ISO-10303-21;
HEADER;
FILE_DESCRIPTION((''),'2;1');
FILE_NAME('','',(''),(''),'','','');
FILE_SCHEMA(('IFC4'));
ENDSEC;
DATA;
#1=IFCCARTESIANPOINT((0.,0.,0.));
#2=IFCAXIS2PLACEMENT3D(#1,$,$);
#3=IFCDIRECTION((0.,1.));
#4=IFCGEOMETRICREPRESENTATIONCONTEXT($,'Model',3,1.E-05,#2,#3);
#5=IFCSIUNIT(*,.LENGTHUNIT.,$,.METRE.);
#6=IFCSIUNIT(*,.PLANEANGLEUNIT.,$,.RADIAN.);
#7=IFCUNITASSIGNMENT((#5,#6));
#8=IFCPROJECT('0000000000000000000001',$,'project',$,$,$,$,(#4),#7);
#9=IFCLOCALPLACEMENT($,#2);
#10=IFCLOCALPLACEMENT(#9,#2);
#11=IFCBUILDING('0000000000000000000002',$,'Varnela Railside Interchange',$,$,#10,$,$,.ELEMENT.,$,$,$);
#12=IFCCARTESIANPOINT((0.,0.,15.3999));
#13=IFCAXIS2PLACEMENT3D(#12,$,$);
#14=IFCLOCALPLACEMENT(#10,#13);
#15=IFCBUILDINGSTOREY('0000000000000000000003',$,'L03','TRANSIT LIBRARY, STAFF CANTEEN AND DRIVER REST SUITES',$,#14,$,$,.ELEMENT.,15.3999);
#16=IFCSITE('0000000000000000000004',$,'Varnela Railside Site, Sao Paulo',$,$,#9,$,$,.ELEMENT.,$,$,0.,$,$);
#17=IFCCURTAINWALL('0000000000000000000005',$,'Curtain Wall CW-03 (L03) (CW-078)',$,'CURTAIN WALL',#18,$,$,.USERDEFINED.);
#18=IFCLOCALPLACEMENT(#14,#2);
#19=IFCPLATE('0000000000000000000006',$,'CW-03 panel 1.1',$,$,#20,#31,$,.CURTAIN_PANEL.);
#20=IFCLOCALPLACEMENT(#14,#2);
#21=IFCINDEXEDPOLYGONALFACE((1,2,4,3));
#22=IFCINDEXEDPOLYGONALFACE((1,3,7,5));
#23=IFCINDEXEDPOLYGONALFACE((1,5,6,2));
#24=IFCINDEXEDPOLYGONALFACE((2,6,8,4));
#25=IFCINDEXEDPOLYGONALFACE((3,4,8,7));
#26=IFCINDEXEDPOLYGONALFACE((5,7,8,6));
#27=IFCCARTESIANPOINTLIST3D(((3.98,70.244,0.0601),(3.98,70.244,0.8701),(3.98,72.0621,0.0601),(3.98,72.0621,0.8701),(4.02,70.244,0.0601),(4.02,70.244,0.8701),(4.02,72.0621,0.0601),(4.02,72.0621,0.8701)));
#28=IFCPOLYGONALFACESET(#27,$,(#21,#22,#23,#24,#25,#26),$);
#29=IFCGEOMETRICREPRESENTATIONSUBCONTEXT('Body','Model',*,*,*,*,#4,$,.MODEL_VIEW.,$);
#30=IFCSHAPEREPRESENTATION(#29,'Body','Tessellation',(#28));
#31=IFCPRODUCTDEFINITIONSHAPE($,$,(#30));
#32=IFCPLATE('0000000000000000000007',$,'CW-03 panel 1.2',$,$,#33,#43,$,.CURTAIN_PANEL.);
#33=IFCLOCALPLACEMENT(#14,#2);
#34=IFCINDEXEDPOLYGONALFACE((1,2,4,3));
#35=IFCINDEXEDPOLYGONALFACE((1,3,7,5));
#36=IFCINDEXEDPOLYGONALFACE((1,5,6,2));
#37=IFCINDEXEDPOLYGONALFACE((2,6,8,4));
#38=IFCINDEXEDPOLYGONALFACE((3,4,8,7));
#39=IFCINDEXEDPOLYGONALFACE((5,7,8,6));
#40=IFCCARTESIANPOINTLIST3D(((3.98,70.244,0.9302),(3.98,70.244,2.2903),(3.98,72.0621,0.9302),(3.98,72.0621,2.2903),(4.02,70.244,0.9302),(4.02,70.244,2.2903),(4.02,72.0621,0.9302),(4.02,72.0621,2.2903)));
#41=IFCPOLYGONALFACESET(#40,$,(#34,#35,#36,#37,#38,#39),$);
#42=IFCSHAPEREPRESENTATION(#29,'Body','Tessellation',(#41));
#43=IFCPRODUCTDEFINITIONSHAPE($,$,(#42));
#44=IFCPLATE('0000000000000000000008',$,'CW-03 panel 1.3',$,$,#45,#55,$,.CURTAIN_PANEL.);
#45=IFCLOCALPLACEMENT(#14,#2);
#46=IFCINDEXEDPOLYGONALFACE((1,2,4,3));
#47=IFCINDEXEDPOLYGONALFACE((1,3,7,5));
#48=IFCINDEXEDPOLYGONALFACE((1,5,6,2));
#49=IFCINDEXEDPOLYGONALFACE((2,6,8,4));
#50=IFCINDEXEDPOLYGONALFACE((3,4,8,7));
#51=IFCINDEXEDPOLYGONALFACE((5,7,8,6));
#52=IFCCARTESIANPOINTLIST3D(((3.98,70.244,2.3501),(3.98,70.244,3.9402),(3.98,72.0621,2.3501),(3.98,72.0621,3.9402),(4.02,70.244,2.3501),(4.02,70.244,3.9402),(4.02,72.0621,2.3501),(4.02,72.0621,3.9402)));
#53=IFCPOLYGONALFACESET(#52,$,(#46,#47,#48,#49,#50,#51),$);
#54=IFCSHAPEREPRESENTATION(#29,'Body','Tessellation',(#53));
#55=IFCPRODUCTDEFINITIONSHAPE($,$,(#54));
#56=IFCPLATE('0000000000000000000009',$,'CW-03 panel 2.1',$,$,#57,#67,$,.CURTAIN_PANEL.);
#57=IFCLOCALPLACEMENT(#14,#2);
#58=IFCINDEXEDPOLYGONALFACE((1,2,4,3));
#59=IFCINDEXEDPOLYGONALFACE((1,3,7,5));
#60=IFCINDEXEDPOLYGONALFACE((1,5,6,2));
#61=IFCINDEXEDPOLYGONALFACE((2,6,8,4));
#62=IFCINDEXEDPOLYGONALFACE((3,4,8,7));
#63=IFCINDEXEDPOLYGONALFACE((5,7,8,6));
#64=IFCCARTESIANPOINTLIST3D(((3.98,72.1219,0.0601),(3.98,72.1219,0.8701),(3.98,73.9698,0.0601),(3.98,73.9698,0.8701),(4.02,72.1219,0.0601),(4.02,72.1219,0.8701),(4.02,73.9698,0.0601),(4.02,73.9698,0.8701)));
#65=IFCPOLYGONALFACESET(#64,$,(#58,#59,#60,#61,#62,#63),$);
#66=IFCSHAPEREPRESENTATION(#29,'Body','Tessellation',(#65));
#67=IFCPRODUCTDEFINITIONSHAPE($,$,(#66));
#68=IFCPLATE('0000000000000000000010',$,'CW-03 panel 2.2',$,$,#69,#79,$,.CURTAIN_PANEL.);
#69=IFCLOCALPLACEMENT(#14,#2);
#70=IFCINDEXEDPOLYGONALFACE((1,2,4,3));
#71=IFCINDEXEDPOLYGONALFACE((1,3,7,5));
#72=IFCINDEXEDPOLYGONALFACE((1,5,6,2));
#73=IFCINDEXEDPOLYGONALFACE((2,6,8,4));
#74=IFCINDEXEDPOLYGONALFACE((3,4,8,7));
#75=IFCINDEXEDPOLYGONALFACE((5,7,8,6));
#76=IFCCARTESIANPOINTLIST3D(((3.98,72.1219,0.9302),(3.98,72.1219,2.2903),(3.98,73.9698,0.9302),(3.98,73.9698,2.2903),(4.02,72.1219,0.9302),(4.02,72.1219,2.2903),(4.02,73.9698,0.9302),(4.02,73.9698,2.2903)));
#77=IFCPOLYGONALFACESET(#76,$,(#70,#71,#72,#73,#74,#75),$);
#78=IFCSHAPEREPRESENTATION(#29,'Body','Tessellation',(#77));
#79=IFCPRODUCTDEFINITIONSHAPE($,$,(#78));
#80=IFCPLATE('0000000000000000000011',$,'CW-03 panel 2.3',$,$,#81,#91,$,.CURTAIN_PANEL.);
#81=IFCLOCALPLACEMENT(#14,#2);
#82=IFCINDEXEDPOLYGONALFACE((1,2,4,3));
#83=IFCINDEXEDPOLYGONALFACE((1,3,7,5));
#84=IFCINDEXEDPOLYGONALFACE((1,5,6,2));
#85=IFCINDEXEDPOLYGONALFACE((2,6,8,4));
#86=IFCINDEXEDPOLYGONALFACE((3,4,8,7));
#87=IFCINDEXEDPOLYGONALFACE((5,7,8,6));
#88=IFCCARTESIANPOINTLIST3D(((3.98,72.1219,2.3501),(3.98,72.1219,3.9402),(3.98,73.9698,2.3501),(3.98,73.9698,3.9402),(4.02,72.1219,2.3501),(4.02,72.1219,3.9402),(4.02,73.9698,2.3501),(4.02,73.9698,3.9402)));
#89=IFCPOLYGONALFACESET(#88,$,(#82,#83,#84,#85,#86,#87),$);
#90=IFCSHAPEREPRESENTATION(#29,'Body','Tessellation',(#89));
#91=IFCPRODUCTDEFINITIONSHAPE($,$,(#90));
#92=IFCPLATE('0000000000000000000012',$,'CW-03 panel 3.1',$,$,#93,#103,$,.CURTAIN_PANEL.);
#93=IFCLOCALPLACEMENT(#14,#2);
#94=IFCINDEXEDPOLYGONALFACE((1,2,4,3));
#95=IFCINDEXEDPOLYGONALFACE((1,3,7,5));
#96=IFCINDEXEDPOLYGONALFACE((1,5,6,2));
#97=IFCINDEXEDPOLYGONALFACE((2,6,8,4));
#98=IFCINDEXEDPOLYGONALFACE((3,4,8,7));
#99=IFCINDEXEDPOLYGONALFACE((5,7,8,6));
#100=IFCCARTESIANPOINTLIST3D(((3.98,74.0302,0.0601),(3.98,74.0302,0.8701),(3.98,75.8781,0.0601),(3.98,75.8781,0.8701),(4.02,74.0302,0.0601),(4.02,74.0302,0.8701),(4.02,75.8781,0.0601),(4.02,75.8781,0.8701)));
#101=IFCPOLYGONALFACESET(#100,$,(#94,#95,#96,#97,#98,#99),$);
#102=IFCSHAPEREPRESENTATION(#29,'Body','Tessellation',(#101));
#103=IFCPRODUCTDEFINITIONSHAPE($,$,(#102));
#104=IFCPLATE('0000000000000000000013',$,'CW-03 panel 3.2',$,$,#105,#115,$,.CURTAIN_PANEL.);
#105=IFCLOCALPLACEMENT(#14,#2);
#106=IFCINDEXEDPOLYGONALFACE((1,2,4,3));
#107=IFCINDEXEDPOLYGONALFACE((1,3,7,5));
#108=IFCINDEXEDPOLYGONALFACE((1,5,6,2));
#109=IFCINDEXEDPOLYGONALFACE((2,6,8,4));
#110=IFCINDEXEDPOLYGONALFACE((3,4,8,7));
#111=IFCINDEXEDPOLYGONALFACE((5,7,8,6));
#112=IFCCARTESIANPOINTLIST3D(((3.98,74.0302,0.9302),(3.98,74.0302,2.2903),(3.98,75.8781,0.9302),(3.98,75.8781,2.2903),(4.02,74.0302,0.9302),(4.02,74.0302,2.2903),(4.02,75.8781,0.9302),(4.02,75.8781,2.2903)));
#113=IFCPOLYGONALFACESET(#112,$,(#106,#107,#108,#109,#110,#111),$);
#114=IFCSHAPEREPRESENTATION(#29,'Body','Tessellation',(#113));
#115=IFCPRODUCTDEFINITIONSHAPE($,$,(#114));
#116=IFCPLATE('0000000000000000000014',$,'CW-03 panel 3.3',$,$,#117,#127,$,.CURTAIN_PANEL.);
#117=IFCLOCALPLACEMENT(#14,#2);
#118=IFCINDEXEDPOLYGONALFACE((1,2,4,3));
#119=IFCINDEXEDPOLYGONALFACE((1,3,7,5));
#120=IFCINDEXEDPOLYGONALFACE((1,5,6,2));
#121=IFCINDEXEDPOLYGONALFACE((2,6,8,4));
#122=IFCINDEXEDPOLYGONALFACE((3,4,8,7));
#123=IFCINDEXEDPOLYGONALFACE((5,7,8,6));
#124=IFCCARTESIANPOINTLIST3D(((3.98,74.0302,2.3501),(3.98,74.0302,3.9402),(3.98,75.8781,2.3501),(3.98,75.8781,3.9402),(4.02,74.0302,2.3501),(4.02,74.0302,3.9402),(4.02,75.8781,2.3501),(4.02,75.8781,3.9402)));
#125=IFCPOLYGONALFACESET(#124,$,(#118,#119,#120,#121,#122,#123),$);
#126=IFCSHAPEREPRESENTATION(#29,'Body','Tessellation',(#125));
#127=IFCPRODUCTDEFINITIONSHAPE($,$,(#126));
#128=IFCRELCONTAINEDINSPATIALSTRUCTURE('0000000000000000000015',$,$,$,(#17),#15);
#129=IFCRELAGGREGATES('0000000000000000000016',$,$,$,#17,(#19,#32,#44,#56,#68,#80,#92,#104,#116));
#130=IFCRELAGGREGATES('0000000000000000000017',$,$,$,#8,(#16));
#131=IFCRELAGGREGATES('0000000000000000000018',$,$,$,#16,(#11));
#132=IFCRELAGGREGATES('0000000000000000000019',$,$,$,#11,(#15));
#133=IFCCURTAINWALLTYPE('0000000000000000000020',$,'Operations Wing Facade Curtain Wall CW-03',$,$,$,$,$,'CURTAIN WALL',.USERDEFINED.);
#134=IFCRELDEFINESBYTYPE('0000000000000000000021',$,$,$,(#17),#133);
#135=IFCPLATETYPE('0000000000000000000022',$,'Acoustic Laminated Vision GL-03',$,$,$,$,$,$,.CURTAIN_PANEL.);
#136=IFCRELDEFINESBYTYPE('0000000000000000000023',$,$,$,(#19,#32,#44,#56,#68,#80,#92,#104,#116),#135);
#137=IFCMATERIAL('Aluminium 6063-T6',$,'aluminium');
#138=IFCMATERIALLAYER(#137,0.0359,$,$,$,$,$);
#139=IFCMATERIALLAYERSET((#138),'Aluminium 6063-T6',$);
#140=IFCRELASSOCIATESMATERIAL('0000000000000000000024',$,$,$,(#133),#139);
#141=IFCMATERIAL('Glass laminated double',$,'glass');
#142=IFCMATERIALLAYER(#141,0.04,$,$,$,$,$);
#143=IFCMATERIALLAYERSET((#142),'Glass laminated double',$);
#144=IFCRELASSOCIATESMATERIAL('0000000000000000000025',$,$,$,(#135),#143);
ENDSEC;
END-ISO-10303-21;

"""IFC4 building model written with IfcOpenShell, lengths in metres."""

from ifc_helpers import new_model, si_unit, direction, frame, origin, origin_2d, place, context, subcontext, project, spatial, rectangle, extrude, material, layer, layer_set, type_object, element, aggregate, save


model = new_model("IFC4")

# Units and contexts
model_context = context("Model", 3, precision=1e-05, world=origin(), true_north=direction((0.0, 1.0)))
body_context = subcontext(model_context, "Body", "Model", "MODEL_VIEW")
ifc_project = project(units=[si_unit("LENGTHUNIT", "METRE"), si_unit("PLANEANGLEUNIT", "RADIAN")], contexts=[model_context])

# Site, building, storey
site_placement = place(None, origin())
site = spatial("IfcSite", under=ifc_project, at=site_placement, Name="Varnela Railside Site, Sao Paulo", CompositionType="ELEMENT", RefElevation=0.0)
building_placement = place(site_placement, origin())
building = spatial("IfcBuilding", under=site, at=building_placement, Name="Varnela Railside Interchange", CompositionType="ELEMENT")
storey_placement = place(building_placement, frame((0.0, 0.0, 15.3999)))
storey = spatial("IfcBuildingStorey", under=building, at=storey_placement, Name="L03", Description="TRANSIT LIBRARY, STAFF CANTEEN AND DRIVER REST SUITES", CompositionType="ELEMENT", Elevation=15.3999)

# Curtain wall, plates
ifc_material_1 = material(Name="Aluminium 6063-T6", Category="aluminium")
ifc_layer_1 = layer(ifc_material_1, 0.0359)
ifc_layer_set_1 = layer_set([ifc_layer_1], Name="Aluminium 6063-T6")
curtain_wall_type = type_object("IfcCurtainWallType", Name="Operations Wing Facade Curtain Wall CW-03", ElementType="CURTAIN WALL", PredefinedType="USERDEFINED", material=ifc_layer_set_1)
curtain_wall_placement = place(storey_placement, origin())
curtain_wall = element("IfcCurtainWall", 1, at=curtain_wall_placement, inside=storey, type_object=curtain_wall_type, Name="Curtain Wall CW-03 (L03) (CW-078)", ObjectType="CURTAIN WALL", PredefinedType="USERDEFINED")
ifc_material_2 = material(Name="Glass laminated double", Category="glass")
ifc_layer_2 = layer(ifc_material_2, 0.04)
ifc_layer_set_2 = layer_set([ifc_layer_2], Name="Glass laminated double")
plate_type = type_object("IfcPlateType", Name="Acoustic Laminated Vision GL-03", PredefinedType="CURTAIN_PANEL", material=ifc_layer_set_2)
plate_1_placement = place(storey_placement, frame((4.0, 71.1531, 0.0601), z_axis=(0.0, 0.0, 1.0), x_axis=(0.0, 1.0, 0.0)))
plate_1 = element("IfcPlate", 2, at=plate_1_placement, type_object=plate_type, Name="CW-03 panel 1.1", PredefinedType="CURTAIN_PANEL", context=body_context, shape_type="SweptSolid", body=[
    extrude(rectangle(XDim=1.8181, YDim=0.04, at=origin_2d()), origin(), (0.0, 0.0, 1.0), 0.8101),
])
plate_2_placement = place(storey_placement, frame((4.0, 71.1531, 0.9302), z_axis=(0.0, 0.0, 1.0), x_axis=(0.0, 1.0, 0.0)))
plate_2 = element("IfcPlate", 3, at=plate_2_placement, type_object=plate_type, Name="CW-03 panel 1.2", PredefinedType="CURTAIN_PANEL", context=body_context, shape_type="SweptSolid", body=[
    extrude(rectangle(XDim=1.8181, YDim=0.04, at=origin_2d()), origin(), (0.0, 0.0, 1.0), 1.3601),
])
plate_3_placement = place(storey_placement, frame((4.0, 71.1531, 2.3501), z_axis=(0.0, 0.0, 1.0), x_axis=(0.0, 1.0, 0.0)))
plate_3 = element("IfcPlate", 4, at=plate_3_placement, type_object=plate_type, Name="CW-03 panel 1.3", PredefinedType="CURTAIN_PANEL", context=body_context, shape_type="SweptSolid", body=[
    extrude(rectangle(XDim=1.8181, YDim=0.04, at=origin_2d()), origin(), (0.0, 0.0, 1.0), 1.5901),
])
plate_4_placement = place(storey_placement, frame((4.0, 73.0459, 0.0601), z_axis=(0.0, 0.0, 1.0), x_axis=(0.0, 1.0, 0.0)))
plate_4 = element("IfcPlate", 5, at=plate_4_placement, type_object=plate_type, Name="CW-03 panel 2.1", PredefinedType="CURTAIN_PANEL", context=body_context, shape_type="SweptSolid", body=[
    extrude(rectangle(XDim=1.8479, YDim=0.04, at=origin_2d()), origin(), (0.0, 0.0, 1.0), 0.8101),
])
plate_5_placement = place(storey_placement, frame((4.0, 73.0459, 0.9302), z_axis=(0.0, 0.0, 1.0), x_axis=(0.0, 1.0, 0.0)))
plate_5 = element("IfcPlate", 6, at=plate_5_placement, type_object=plate_type, Name="CW-03 panel 2.2", PredefinedType="CURTAIN_PANEL", context=body_context, shape_type="SweptSolid", body=[
    extrude(rectangle(XDim=1.8479, YDim=0.04, at=origin_2d()), origin(), (0.0, 0.0, 1.0), 1.3601),
])
plate_6_placement = place(storey_placement, frame((4.0, 73.0459, 2.3501), z_axis=(0.0, 0.0, 1.0), x_axis=(0.0, 1.0, 0.0)))
plate_6 = element("IfcPlate", 7, at=plate_6_placement, type_object=plate_type, Name="CW-03 panel 2.3", PredefinedType="CURTAIN_PANEL", context=body_context, shape_type="SweptSolid", body=[
    extrude(rectangle(XDim=1.8479, YDim=0.04, at=origin_2d()), origin(), (0.0, 0.0, 1.0), 1.5901),
])
plate_7_placement = place(storey_placement, frame((4.0, 74.9541, 0.0601), z_axis=(0.0, 0.0, 1.0), x_axis=(0.0, 1.0, 0.0)))
plate_7 = element("IfcPlate", 8, at=plate_7_placement, type_object=plate_type, Name="CW-03 panel 3.1", PredefinedType="CURTAIN_PANEL", context=body_context, shape_type="SweptSolid", body=[
    extrude(rectangle(XDim=1.8479, YDim=0.04, at=origin_2d()), origin(), (0.0, 0.0, 1.0), 0.8101),
])
plate_8_placement = place(storey_placement, frame((4.0, 74.9541, 0.9302), z_axis=(0.0, 0.0, 1.0), x_axis=(0.0, 1.0, 0.0)))
plate_8 = element("IfcPlate", 9, at=plate_8_placement, type_object=plate_type, Name="CW-03 panel 3.2", PredefinedType="CURTAIN_PANEL", context=body_context, shape_type="SweptSolid", body=[
    extrude(rectangle(XDim=1.8479, YDim=0.04, at=origin_2d()), origin(), (0.0, 0.0, 1.0), 1.3601),
])
plate_9_placement = place(storey_placement, frame((4.0, 74.9541, 2.3501), z_axis=(0.0, 0.0, 1.0), x_axis=(0.0, 1.0, 0.0)))
plate_9 = element("IfcPlate", 10, at=plate_9_placement, type_object=plate_type, Name="CW-03 panel 3.3", PredefinedType="CURTAIN_PANEL", context=body_context, shape_type="SweptSolid", body=[
    extrude(rectangle(XDim=1.8479, YDim=0.04, at=origin_2d()), origin(), (0.0, 0.0, 1.0), 1.5901),
])
aggregate(curtain_wall, [plate_1, plate_2, plate_3, plate_4, plate_5, plate_6, plate_7, plate_8, plate_9])

save(model, "model.ifc")
